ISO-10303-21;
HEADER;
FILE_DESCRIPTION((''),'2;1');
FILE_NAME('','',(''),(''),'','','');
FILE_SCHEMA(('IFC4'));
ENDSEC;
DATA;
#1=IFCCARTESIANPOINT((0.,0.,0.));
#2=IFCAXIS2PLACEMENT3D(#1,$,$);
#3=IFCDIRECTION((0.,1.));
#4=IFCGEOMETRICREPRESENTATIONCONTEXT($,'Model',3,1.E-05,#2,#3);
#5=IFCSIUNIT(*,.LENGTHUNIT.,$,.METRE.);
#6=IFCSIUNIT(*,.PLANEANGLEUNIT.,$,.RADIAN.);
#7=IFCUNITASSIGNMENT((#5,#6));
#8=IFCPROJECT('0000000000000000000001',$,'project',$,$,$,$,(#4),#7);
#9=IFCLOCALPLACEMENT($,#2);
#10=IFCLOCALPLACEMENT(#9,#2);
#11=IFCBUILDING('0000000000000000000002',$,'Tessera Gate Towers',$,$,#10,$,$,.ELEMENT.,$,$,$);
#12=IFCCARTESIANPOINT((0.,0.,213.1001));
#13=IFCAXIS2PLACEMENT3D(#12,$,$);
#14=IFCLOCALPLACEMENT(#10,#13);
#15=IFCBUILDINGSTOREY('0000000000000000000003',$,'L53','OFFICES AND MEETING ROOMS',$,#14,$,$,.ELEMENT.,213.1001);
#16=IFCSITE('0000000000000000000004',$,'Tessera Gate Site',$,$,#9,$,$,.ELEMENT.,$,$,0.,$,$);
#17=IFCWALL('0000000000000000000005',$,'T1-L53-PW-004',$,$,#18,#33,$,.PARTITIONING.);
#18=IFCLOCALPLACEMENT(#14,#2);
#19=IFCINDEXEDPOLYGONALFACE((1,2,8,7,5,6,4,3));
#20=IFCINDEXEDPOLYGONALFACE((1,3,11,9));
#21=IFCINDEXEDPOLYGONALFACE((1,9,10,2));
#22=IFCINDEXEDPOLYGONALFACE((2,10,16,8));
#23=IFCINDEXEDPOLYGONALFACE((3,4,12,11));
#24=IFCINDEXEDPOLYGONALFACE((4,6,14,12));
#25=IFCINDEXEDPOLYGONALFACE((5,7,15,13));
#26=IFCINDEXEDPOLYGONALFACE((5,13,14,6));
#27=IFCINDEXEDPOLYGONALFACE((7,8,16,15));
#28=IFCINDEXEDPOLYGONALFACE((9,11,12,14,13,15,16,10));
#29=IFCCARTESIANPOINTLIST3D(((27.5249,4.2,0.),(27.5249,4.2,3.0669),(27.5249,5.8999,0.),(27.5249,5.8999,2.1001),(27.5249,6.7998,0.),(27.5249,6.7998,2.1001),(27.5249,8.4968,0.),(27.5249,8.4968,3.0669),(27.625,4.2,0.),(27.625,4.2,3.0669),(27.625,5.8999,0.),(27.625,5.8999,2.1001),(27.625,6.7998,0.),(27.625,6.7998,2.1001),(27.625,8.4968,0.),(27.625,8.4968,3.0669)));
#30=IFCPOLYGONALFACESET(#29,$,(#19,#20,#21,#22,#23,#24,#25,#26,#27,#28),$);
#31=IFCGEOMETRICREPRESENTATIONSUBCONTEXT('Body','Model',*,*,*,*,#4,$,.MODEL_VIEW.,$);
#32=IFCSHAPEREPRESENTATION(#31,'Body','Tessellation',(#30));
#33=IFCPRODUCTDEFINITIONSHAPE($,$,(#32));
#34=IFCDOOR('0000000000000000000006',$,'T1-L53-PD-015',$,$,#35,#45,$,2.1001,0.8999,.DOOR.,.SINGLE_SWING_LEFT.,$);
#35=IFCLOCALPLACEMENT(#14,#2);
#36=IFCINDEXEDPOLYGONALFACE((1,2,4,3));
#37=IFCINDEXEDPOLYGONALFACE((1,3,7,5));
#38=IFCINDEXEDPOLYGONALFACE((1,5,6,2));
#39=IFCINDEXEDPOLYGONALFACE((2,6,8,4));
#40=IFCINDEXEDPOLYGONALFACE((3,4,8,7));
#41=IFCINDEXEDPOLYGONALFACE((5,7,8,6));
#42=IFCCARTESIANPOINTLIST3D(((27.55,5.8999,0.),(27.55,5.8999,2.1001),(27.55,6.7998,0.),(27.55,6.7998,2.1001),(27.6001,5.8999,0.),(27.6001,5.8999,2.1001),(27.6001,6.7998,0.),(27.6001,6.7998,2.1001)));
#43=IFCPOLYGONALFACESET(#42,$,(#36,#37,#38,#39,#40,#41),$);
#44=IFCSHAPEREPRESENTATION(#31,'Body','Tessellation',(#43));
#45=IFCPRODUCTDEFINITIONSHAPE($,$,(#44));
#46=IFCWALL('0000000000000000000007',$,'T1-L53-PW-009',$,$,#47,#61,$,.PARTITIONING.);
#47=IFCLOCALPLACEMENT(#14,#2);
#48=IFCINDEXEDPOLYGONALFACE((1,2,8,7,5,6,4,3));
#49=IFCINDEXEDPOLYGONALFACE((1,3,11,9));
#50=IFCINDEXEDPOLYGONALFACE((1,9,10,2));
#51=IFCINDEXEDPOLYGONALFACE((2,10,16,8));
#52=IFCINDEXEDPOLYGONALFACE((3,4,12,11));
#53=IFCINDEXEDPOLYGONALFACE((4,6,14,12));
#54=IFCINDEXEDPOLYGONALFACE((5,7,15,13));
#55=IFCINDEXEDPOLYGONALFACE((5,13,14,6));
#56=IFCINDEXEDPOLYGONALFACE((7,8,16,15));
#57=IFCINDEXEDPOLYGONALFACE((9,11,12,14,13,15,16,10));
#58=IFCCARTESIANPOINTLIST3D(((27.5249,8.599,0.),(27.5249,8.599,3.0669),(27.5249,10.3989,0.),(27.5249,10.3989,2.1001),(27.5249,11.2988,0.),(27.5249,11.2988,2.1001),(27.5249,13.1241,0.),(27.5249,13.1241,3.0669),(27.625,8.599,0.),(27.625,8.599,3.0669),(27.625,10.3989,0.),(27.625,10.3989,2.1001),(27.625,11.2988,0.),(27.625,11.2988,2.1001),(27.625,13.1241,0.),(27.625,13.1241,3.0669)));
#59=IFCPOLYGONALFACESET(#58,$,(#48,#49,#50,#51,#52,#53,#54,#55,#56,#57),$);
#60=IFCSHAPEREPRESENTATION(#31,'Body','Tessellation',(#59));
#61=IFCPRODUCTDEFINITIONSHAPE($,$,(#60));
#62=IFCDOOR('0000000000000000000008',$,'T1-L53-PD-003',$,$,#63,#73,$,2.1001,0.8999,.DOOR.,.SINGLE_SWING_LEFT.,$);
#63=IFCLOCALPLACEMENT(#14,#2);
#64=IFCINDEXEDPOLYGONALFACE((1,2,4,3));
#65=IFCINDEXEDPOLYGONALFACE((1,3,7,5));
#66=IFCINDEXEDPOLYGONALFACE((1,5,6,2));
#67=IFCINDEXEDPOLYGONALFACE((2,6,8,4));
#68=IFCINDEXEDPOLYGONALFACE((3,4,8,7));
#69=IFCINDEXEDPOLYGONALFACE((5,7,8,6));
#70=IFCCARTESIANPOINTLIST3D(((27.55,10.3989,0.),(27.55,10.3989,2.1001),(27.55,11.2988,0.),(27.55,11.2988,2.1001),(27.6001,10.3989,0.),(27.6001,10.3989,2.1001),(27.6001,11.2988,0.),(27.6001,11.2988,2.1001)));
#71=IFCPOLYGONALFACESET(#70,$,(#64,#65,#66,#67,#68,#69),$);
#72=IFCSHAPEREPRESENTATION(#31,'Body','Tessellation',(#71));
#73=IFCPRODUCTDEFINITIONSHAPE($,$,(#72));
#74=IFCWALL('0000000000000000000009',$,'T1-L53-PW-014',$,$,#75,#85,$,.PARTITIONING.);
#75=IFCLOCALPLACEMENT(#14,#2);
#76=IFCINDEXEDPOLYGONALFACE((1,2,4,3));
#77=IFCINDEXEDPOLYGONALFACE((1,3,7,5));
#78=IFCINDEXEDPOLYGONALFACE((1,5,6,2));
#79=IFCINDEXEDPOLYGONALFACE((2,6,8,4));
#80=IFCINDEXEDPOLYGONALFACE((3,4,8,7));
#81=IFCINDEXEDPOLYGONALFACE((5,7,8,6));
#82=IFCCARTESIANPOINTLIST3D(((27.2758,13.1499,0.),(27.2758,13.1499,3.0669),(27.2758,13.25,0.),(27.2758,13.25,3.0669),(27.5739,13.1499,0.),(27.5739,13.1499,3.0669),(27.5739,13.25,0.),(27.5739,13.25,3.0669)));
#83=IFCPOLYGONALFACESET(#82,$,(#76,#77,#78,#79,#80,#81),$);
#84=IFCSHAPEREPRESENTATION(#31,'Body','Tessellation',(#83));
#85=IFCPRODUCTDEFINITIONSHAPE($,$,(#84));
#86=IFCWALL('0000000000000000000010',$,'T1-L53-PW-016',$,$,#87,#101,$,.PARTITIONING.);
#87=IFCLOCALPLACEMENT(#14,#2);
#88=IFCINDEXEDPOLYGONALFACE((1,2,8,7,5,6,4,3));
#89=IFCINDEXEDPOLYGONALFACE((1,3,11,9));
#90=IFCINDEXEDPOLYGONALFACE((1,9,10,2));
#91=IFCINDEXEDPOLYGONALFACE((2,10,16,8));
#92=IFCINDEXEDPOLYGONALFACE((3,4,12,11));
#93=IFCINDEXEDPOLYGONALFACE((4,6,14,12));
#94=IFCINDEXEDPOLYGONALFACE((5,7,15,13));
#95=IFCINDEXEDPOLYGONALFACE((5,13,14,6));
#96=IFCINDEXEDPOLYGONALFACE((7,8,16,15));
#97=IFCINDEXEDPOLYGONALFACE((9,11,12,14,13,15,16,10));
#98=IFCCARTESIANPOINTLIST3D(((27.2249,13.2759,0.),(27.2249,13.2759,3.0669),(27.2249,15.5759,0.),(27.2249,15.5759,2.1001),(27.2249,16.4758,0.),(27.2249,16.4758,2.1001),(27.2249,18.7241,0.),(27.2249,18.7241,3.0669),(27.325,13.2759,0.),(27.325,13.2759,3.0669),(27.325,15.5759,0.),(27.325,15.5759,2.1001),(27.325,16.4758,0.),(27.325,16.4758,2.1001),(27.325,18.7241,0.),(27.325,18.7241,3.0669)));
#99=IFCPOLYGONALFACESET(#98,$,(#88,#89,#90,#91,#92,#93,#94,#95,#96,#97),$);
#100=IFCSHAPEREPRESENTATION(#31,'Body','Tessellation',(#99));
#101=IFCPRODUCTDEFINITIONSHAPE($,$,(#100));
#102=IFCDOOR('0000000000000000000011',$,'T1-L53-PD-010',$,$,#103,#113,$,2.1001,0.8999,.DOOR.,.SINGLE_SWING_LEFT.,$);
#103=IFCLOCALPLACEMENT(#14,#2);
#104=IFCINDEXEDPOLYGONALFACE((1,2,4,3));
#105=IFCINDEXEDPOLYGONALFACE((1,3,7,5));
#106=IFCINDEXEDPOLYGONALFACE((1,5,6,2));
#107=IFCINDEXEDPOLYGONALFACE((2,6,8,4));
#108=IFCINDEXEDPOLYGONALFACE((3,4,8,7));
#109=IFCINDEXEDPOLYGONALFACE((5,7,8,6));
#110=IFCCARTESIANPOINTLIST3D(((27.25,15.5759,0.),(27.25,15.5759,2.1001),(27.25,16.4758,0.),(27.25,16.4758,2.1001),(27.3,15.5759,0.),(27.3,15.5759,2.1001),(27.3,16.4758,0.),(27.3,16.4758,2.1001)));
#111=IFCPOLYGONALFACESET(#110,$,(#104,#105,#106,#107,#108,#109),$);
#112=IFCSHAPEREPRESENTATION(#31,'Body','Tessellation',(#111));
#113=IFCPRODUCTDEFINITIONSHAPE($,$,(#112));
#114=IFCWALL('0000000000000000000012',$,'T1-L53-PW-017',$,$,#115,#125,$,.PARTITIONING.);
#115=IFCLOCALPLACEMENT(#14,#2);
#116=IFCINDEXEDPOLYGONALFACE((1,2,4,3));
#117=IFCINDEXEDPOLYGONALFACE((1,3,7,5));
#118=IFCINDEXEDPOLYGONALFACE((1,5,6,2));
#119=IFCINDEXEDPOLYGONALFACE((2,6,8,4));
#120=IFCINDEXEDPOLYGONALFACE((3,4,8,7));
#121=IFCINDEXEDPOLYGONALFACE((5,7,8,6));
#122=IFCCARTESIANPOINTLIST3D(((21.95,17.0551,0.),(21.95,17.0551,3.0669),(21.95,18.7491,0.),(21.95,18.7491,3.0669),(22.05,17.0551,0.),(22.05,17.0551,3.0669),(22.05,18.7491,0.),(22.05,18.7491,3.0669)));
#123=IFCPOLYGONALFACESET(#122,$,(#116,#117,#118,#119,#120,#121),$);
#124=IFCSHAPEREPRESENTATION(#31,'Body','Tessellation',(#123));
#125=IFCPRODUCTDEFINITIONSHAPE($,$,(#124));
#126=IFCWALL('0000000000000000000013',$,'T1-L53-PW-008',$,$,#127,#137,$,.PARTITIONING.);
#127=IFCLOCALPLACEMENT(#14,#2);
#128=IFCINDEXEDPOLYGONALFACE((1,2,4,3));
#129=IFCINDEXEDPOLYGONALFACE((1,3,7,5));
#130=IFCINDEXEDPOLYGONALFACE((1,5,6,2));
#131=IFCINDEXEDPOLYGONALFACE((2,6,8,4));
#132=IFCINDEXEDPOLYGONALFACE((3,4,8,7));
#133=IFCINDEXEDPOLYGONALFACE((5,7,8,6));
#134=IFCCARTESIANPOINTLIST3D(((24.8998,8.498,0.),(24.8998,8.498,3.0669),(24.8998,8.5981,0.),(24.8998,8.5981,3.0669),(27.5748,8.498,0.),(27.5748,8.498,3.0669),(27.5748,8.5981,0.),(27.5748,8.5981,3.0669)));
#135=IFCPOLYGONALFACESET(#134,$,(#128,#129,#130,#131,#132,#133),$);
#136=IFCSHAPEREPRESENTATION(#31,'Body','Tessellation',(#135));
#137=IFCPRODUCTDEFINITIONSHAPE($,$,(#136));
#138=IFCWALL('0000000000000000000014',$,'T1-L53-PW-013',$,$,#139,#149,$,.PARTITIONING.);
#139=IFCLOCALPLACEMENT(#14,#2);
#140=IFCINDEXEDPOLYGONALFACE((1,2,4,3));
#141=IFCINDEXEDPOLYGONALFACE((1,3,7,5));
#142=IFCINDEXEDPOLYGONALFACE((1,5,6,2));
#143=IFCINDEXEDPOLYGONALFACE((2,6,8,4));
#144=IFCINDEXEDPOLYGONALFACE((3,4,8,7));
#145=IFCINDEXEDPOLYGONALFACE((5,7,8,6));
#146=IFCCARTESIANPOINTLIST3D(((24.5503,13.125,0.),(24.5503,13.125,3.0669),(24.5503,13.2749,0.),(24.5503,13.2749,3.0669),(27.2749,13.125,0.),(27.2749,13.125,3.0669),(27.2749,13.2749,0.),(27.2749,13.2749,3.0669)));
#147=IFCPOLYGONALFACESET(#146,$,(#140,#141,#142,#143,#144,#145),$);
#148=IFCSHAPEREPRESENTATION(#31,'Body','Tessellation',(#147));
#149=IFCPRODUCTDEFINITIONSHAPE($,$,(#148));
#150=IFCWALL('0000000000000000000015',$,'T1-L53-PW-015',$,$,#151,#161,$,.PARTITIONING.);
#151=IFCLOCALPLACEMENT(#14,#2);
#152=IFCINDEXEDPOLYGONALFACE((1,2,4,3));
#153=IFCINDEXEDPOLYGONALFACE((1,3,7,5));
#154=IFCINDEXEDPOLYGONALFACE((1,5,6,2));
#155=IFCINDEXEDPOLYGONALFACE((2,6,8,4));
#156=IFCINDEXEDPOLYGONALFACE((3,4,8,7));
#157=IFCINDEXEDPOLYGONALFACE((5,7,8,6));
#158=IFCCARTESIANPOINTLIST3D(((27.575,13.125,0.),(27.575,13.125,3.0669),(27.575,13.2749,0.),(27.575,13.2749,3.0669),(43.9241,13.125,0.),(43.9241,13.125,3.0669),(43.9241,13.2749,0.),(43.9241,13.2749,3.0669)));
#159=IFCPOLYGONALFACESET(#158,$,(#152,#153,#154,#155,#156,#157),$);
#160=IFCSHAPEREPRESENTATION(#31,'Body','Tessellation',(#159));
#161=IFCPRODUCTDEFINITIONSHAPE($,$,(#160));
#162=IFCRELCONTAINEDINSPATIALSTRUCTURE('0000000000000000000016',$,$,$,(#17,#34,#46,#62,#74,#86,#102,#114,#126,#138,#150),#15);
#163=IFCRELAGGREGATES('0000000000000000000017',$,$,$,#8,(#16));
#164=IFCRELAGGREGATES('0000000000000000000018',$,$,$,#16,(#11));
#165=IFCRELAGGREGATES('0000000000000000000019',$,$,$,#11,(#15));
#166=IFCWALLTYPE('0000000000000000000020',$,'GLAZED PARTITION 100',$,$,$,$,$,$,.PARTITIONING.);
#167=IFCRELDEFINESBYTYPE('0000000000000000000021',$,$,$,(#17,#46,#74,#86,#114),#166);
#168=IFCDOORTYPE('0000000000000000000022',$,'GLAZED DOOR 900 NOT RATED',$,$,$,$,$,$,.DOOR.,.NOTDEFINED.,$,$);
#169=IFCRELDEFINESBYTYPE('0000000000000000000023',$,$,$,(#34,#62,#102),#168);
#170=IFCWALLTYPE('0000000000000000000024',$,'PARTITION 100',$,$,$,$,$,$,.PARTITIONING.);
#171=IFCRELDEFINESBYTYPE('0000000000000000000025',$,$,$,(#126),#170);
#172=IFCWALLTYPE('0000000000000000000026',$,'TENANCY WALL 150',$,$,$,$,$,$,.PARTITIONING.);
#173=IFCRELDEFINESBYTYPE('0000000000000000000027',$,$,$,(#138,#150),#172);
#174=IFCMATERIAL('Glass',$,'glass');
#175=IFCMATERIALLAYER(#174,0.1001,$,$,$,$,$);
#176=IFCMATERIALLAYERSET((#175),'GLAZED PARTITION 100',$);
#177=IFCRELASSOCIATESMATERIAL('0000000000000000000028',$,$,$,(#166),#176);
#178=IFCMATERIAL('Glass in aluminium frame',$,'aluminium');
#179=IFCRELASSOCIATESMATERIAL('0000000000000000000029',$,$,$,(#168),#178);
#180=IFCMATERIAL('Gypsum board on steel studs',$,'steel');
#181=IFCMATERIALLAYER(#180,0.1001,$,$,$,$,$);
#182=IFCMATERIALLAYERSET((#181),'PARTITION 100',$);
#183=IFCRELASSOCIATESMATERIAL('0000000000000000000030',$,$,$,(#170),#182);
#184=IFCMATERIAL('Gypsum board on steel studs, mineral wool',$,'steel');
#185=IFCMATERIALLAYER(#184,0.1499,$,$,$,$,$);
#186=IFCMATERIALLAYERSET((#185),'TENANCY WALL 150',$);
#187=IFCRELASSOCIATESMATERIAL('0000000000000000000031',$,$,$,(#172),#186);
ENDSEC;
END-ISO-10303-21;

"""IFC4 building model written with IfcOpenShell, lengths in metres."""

from ifc_helpers import new_model, si_unit, direction, frame, frame_2d, origin, place, context, subcontext, project, spatial, rectangle, extrude, source, transform, mapped, material, layer, layer_set, type_object, element, fill, save


model = new_model("IFC4")

# Units and contexts
model_context = context("Model", 3, precision=1e-05, world=origin(), true_north=direction((0.0, 1.0)))
body_context = subcontext(model_context, "Body", "Model", "MODEL_VIEW")
ifc_project = project(units=[si_unit("LENGTHUNIT", "METRE"), si_unit("PLANEANGLEUNIT", "RADIAN")], contexts=[model_context])

# Site, building, storey
site_placement = place(None, origin())
site = spatial("IfcSite", under=ifc_project, at=site_placement, Name="Tessera Gate Site", CompositionType="ELEMENT", RefElevation=0.0)
building_placement = place(site_placement, origin())
building = spatial("IfcBuilding", under=site, at=building_placement, Name="Tessera Gate Towers", CompositionType="ELEMENT")
storey_placement = place(building_placement, frame((0.0, 0.0, 213.1001)))
storey = spatial("IfcBuildingStorey", under=building, at=storey_placement, Name="L53", Description="OFFICES AND MEETING ROOMS", CompositionType="ELEMENT", Elevation=213.1001)

# Shared definitions
ifc_material_1 = material(Name="Glass", Category="glass")
ifc_layer_1 = layer(ifc_material_1, 0.1001)
ifc_layer_set_1 = layer_set([ifc_layer_1], Name="GLAZED PARTITION 100")
wall_type_1 = type_object("IfcWallType", Name="GLAZED PARTITION 100", PredefinedType="PARTITIONING", material=ifc_layer_set_1)

# Walls, openings, doors
wall_1_placement = place(storey_placement, frame((27.575, 4.2, 0.0), z_axis=(0.0, 0.0, 1.0), x_axis=(0.0, 1.0, 0.0)))
wall_1 = element("IfcWall", 1, at=wall_1_placement, inside=storey, type_object=wall_type_1, Name="T1-L53-PW-004", PredefinedType="PARTITIONING", context=body_context, shape_type="SweptSolid", body=[
    extrude(rectangle(XDim=4.2969, YDim=0.1001, at=frame_2d((2.1484, 0.0))), origin(), (0.0, 0.0, 1.0), 3.0669),
])
shared_shape_1 = source(origin(), body_context, "Body", "SweptSolid", [
    extrude(rectangle(XDim=0.8999, YDim=2.1001, at=frame_2d((0.45, 1.05))), frame((0.0, 0.0601, 0.0), z_axis=(0.0, -1.0, 0.0), x_axis=(1.0, 0.0, 0.0)), (0.0, 0.0, 1.0), 0.1201),
])
opening_1_placement = place(wall_1_placement, frame((1.7, 0.0, 0.0)))
opening_1 = element("IfcOpeningElement", 2, at=opening_1_placement, cuts=wall_1, PredefinedType="OPENING", context=body_context, shape_type="MappedRepresentation", body=[
    mapped(shared_shape_1, transform((0.0, 0.0, 0.0), scale=1.0)),
])
ifc_material_2 = material(Name="Glass in aluminium frame", Category="aluminium")
door_type = type_object("IfcDoorType", Name="GLAZED DOOR 900 NOT RATED", OperationType="NOTDEFINED", PredefinedType="DOOR", material=ifc_material_2)
shared_shape_2 = source(origin(), body_context, "Body", "SweptSolid", [
    extrude(rectangle(XDim=0.8999, YDim=2.1001, at=frame_2d((0.45, 1.05))), frame((0.0, 0.0249, 0.0), z_axis=(0.0, -1.0, 0.0), x_axis=(1.0, 0.0, 0.0)), (0.0, 0.0, 1.0), 0.05),
])
door_1_placement = place(opening_1_placement, origin())
door_1 = element("IfcDoor", 3, at=door_1_placement, inside=storey, type_object=door_type, Name="T1-L53-PD-015", OperationType="SINGLE_SWING_LEFT", OverallHeight=2.1001, OverallWidth=0.8999, PredefinedType="DOOR", context=body_context, shape_type="MappedRepresentation", body=[
    mapped(shared_shape_2, transform((0.0, 0.0, 0.0), scale=1.0)),
])
fill(opening_1, door_1)
wall_2_placement = place(storey_placement, frame((27.575, 8.5989, 0.0), z_axis=(0.0, 0.0, 1.0), x_axis=(0.0, 1.0, 0.0)))
wall_2 = element("IfcWall", 4, at=wall_2_placement, inside=storey, type_object=wall_type_1, Name="T1-L53-PW-009", PredefinedType="PARTITIONING", context=body_context, shape_type="SweptSolid", body=[
    extrude(rectangle(XDim=4.5251, YDim=0.1001, at=frame_2d((2.2627, 0.0))), origin(), (0.0, 0.0, 1.0), 3.0669),
])
opening_2_placement = place(wall_2_placement, frame((1.8, 0.0, 0.0)))
opening_2 = element("IfcOpeningElement", 5, at=opening_2_placement, cuts=wall_2, PredefinedType="OPENING", context=body_context, shape_type="MappedRepresentation", body=[
    mapped(shared_shape_1, transform((0.0, 0.0, 0.0), scale=1.0)),
])
door_2_placement = place(opening_2_placement, origin())
door_2 = element("IfcDoor", 6, at=door_2_placement, inside=storey, type_object=door_type, Name="T1-L53-PD-003", OperationType="SINGLE_SWING_LEFT", OverallHeight=2.1001, OverallWidth=0.8999, PredefinedType="DOOR", context=body_context, shape_type="MappedRepresentation", body=[
    mapped(shared_shape_2, transform((0.0, 0.0, 0.0), scale=1.0)),
])
fill(opening_2, door_2)

# Wall
wall_3_placement = place(storey_placement, frame((27.2759, 13.2, 0.0), z_axis=(0.0, 0.0, 1.0), x_axis=(1.0, 0.0, 0.0)))
element("IfcWall", 7, at=wall_3_placement, inside=storey, type_object=wall_type_1, Name="T1-L53-PW-014", PredefinedType="PARTITIONING", context=body_context, shape_type="SweptSolid", body=[
    extrude(rectangle(XDim=0.2981, YDim=0.1001, at=frame_2d((0.1489, 0.0))), origin(), (0.0, 0.0, 1.0), 3.0669),
])

# Wall, opening, door
wall_4_placement = place(storey_placement, frame((27.2749, 13.2759, 0.0), z_axis=(0.0, 0.0, 1.0), x_axis=(0.0, 1.0, 0.0)))
wall_4 = element("IfcWall", 8, at=wall_4_placement, inside=storey, type_object=wall_type_1, Name="T1-L53-PW-016", PredefinedType="PARTITIONING", context=body_context, shape_type="SweptSolid", body=[
    extrude(rectangle(XDim=5.4482, YDim=0.1001, at=frame_2d((2.7241, 0.0))), origin(), (0.0, 0.0, 1.0), 3.0669),
])
opening_3_placement = place(wall_4_placement, frame((2.3, 0.0, 0.0)))
opening_3 = element("IfcOpeningElement", 9, at=opening_3_placement, cuts=wall_4, PredefinedType="OPENING", context=body_context, shape_type="MappedRepresentation", body=[
    mapped(shared_shape_1, transform((0.0, 0.0, 0.0), scale=1.0)),
])
door_3_placement = place(opening_3_placement, origin())
door_3 = element("IfcDoor", 10, at=door_3_placement, inside=storey, type_object=door_type, Name="T1-L53-PD-010", OperationType="SINGLE_SWING_LEFT", OverallHeight=2.1001, OverallWidth=0.8999, PredefinedType="DOOR", context=body_context, shape_type="MappedRepresentation", body=[
    mapped(shared_shape_2, transform((0.0, 0.0, 0.0), scale=1.0)),
])
fill(opening_3, door_3)

# Walls
wall_5_placement = place(storey_placement, frame((22.0, 17.0549, 0.0), z_axis=(0.0, 0.0, 1.0), x_axis=(0.0, 1.0, 0.0)))
element("IfcWall", 11, at=wall_5_placement, inside=storey, type_object=wall_type_1, Name="T1-L53-PW-017", PredefinedType="PARTITIONING", context=body_context, shape_type="SweptSolid", body=[
    extrude(rectangle(XDim=1.6941, YDim=0.1001, at=frame_2d((0.8472, 0.0))), origin(), (0.0, 0.0, 1.0), 3.0669),
])
ifc_material_3 = material(Name="Gypsum board on steel studs", Category="steel")
ifc_layer_2 = layer(ifc_material_3, 0.1001)
ifc_layer_set_2 = layer_set([ifc_layer_2], Name="PARTITION 100")
wall_type_2 = type_object("IfcWallType", Name="PARTITION 100", PredefinedType="PARTITIONING", material=ifc_layer_set_2)
wall_6_placement = place(storey_placement, frame((24.8999, 8.5481, 0.0), z_axis=(0.0, 0.0, 1.0), x_axis=(1.0, 0.0, 0.0)))
element("IfcWall", 12, at=wall_6_placement, inside=storey, type_object=wall_type_2, Name="T1-L53-PW-008", PredefinedType="PARTITIONING", context=body_context, shape_type="SweptSolid", body=[
    extrude(rectangle(XDim=2.675, YDim=0.1001, at=frame_2d((1.3374, 0.0))), origin(), (0.0, 0.0, 1.0), 3.0669),
])
ifc_material_4 = material(Name="Gypsum board on steel studs, mineral wool", Category="steel")
ifc_layer_3 = layer(ifc_material_4, 0.1499)
ifc_layer_set_3 = layer_set([ifc_layer_3], Name="TENANCY WALL 150")
wall_type_3 = type_object("IfcWallType", Name="TENANCY WALL 150", PredefinedType="PARTITIONING", material=ifc_layer_set_3)
wall_7_placement = place(storey_placement, frame((24.5503, 13.2, 0.0), z_axis=(0.0, 0.0, 1.0), x_axis=(1.0, 0.0, 0.0)))
element("IfcWall", 13, at=wall_7_placement, inside=storey, type_object=wall_type_3, Name="T1-L53-PW-013", PredefinedType="PARTITIONING", context=body_context, shape_type="SweptSolid", body=[
    extrude(rectangle(XDim=2.7246, YDim=0.1499, at=frame_2d((1.3623, 0.0))), origin(), (0.0, 0.0, 1.0), 3.0669),
])
wall_8_placement = place(storey_placement, frame((27.575, 13.2, 0.0), z_axis=(0.0, 0.0, 1.0), x_axis=(1.0, 0.0, 0.0)))
element("IfcWall", 14, at=wall_8_placement, inside=storey, type_object=wall_type_3, Name="T1-L53-PW-015", PredefinedType="PARTITIONING", context=body_context, shape_type="SweptSolid", body=[
    extrude(rectangle(XDim=16.3491, YDim=0.1499, at=frame_2d((8.1746, 0.0))), origin(), (0.0, 0.0, 1.0), 3.0669),
])

save(model, "model.ifc")
